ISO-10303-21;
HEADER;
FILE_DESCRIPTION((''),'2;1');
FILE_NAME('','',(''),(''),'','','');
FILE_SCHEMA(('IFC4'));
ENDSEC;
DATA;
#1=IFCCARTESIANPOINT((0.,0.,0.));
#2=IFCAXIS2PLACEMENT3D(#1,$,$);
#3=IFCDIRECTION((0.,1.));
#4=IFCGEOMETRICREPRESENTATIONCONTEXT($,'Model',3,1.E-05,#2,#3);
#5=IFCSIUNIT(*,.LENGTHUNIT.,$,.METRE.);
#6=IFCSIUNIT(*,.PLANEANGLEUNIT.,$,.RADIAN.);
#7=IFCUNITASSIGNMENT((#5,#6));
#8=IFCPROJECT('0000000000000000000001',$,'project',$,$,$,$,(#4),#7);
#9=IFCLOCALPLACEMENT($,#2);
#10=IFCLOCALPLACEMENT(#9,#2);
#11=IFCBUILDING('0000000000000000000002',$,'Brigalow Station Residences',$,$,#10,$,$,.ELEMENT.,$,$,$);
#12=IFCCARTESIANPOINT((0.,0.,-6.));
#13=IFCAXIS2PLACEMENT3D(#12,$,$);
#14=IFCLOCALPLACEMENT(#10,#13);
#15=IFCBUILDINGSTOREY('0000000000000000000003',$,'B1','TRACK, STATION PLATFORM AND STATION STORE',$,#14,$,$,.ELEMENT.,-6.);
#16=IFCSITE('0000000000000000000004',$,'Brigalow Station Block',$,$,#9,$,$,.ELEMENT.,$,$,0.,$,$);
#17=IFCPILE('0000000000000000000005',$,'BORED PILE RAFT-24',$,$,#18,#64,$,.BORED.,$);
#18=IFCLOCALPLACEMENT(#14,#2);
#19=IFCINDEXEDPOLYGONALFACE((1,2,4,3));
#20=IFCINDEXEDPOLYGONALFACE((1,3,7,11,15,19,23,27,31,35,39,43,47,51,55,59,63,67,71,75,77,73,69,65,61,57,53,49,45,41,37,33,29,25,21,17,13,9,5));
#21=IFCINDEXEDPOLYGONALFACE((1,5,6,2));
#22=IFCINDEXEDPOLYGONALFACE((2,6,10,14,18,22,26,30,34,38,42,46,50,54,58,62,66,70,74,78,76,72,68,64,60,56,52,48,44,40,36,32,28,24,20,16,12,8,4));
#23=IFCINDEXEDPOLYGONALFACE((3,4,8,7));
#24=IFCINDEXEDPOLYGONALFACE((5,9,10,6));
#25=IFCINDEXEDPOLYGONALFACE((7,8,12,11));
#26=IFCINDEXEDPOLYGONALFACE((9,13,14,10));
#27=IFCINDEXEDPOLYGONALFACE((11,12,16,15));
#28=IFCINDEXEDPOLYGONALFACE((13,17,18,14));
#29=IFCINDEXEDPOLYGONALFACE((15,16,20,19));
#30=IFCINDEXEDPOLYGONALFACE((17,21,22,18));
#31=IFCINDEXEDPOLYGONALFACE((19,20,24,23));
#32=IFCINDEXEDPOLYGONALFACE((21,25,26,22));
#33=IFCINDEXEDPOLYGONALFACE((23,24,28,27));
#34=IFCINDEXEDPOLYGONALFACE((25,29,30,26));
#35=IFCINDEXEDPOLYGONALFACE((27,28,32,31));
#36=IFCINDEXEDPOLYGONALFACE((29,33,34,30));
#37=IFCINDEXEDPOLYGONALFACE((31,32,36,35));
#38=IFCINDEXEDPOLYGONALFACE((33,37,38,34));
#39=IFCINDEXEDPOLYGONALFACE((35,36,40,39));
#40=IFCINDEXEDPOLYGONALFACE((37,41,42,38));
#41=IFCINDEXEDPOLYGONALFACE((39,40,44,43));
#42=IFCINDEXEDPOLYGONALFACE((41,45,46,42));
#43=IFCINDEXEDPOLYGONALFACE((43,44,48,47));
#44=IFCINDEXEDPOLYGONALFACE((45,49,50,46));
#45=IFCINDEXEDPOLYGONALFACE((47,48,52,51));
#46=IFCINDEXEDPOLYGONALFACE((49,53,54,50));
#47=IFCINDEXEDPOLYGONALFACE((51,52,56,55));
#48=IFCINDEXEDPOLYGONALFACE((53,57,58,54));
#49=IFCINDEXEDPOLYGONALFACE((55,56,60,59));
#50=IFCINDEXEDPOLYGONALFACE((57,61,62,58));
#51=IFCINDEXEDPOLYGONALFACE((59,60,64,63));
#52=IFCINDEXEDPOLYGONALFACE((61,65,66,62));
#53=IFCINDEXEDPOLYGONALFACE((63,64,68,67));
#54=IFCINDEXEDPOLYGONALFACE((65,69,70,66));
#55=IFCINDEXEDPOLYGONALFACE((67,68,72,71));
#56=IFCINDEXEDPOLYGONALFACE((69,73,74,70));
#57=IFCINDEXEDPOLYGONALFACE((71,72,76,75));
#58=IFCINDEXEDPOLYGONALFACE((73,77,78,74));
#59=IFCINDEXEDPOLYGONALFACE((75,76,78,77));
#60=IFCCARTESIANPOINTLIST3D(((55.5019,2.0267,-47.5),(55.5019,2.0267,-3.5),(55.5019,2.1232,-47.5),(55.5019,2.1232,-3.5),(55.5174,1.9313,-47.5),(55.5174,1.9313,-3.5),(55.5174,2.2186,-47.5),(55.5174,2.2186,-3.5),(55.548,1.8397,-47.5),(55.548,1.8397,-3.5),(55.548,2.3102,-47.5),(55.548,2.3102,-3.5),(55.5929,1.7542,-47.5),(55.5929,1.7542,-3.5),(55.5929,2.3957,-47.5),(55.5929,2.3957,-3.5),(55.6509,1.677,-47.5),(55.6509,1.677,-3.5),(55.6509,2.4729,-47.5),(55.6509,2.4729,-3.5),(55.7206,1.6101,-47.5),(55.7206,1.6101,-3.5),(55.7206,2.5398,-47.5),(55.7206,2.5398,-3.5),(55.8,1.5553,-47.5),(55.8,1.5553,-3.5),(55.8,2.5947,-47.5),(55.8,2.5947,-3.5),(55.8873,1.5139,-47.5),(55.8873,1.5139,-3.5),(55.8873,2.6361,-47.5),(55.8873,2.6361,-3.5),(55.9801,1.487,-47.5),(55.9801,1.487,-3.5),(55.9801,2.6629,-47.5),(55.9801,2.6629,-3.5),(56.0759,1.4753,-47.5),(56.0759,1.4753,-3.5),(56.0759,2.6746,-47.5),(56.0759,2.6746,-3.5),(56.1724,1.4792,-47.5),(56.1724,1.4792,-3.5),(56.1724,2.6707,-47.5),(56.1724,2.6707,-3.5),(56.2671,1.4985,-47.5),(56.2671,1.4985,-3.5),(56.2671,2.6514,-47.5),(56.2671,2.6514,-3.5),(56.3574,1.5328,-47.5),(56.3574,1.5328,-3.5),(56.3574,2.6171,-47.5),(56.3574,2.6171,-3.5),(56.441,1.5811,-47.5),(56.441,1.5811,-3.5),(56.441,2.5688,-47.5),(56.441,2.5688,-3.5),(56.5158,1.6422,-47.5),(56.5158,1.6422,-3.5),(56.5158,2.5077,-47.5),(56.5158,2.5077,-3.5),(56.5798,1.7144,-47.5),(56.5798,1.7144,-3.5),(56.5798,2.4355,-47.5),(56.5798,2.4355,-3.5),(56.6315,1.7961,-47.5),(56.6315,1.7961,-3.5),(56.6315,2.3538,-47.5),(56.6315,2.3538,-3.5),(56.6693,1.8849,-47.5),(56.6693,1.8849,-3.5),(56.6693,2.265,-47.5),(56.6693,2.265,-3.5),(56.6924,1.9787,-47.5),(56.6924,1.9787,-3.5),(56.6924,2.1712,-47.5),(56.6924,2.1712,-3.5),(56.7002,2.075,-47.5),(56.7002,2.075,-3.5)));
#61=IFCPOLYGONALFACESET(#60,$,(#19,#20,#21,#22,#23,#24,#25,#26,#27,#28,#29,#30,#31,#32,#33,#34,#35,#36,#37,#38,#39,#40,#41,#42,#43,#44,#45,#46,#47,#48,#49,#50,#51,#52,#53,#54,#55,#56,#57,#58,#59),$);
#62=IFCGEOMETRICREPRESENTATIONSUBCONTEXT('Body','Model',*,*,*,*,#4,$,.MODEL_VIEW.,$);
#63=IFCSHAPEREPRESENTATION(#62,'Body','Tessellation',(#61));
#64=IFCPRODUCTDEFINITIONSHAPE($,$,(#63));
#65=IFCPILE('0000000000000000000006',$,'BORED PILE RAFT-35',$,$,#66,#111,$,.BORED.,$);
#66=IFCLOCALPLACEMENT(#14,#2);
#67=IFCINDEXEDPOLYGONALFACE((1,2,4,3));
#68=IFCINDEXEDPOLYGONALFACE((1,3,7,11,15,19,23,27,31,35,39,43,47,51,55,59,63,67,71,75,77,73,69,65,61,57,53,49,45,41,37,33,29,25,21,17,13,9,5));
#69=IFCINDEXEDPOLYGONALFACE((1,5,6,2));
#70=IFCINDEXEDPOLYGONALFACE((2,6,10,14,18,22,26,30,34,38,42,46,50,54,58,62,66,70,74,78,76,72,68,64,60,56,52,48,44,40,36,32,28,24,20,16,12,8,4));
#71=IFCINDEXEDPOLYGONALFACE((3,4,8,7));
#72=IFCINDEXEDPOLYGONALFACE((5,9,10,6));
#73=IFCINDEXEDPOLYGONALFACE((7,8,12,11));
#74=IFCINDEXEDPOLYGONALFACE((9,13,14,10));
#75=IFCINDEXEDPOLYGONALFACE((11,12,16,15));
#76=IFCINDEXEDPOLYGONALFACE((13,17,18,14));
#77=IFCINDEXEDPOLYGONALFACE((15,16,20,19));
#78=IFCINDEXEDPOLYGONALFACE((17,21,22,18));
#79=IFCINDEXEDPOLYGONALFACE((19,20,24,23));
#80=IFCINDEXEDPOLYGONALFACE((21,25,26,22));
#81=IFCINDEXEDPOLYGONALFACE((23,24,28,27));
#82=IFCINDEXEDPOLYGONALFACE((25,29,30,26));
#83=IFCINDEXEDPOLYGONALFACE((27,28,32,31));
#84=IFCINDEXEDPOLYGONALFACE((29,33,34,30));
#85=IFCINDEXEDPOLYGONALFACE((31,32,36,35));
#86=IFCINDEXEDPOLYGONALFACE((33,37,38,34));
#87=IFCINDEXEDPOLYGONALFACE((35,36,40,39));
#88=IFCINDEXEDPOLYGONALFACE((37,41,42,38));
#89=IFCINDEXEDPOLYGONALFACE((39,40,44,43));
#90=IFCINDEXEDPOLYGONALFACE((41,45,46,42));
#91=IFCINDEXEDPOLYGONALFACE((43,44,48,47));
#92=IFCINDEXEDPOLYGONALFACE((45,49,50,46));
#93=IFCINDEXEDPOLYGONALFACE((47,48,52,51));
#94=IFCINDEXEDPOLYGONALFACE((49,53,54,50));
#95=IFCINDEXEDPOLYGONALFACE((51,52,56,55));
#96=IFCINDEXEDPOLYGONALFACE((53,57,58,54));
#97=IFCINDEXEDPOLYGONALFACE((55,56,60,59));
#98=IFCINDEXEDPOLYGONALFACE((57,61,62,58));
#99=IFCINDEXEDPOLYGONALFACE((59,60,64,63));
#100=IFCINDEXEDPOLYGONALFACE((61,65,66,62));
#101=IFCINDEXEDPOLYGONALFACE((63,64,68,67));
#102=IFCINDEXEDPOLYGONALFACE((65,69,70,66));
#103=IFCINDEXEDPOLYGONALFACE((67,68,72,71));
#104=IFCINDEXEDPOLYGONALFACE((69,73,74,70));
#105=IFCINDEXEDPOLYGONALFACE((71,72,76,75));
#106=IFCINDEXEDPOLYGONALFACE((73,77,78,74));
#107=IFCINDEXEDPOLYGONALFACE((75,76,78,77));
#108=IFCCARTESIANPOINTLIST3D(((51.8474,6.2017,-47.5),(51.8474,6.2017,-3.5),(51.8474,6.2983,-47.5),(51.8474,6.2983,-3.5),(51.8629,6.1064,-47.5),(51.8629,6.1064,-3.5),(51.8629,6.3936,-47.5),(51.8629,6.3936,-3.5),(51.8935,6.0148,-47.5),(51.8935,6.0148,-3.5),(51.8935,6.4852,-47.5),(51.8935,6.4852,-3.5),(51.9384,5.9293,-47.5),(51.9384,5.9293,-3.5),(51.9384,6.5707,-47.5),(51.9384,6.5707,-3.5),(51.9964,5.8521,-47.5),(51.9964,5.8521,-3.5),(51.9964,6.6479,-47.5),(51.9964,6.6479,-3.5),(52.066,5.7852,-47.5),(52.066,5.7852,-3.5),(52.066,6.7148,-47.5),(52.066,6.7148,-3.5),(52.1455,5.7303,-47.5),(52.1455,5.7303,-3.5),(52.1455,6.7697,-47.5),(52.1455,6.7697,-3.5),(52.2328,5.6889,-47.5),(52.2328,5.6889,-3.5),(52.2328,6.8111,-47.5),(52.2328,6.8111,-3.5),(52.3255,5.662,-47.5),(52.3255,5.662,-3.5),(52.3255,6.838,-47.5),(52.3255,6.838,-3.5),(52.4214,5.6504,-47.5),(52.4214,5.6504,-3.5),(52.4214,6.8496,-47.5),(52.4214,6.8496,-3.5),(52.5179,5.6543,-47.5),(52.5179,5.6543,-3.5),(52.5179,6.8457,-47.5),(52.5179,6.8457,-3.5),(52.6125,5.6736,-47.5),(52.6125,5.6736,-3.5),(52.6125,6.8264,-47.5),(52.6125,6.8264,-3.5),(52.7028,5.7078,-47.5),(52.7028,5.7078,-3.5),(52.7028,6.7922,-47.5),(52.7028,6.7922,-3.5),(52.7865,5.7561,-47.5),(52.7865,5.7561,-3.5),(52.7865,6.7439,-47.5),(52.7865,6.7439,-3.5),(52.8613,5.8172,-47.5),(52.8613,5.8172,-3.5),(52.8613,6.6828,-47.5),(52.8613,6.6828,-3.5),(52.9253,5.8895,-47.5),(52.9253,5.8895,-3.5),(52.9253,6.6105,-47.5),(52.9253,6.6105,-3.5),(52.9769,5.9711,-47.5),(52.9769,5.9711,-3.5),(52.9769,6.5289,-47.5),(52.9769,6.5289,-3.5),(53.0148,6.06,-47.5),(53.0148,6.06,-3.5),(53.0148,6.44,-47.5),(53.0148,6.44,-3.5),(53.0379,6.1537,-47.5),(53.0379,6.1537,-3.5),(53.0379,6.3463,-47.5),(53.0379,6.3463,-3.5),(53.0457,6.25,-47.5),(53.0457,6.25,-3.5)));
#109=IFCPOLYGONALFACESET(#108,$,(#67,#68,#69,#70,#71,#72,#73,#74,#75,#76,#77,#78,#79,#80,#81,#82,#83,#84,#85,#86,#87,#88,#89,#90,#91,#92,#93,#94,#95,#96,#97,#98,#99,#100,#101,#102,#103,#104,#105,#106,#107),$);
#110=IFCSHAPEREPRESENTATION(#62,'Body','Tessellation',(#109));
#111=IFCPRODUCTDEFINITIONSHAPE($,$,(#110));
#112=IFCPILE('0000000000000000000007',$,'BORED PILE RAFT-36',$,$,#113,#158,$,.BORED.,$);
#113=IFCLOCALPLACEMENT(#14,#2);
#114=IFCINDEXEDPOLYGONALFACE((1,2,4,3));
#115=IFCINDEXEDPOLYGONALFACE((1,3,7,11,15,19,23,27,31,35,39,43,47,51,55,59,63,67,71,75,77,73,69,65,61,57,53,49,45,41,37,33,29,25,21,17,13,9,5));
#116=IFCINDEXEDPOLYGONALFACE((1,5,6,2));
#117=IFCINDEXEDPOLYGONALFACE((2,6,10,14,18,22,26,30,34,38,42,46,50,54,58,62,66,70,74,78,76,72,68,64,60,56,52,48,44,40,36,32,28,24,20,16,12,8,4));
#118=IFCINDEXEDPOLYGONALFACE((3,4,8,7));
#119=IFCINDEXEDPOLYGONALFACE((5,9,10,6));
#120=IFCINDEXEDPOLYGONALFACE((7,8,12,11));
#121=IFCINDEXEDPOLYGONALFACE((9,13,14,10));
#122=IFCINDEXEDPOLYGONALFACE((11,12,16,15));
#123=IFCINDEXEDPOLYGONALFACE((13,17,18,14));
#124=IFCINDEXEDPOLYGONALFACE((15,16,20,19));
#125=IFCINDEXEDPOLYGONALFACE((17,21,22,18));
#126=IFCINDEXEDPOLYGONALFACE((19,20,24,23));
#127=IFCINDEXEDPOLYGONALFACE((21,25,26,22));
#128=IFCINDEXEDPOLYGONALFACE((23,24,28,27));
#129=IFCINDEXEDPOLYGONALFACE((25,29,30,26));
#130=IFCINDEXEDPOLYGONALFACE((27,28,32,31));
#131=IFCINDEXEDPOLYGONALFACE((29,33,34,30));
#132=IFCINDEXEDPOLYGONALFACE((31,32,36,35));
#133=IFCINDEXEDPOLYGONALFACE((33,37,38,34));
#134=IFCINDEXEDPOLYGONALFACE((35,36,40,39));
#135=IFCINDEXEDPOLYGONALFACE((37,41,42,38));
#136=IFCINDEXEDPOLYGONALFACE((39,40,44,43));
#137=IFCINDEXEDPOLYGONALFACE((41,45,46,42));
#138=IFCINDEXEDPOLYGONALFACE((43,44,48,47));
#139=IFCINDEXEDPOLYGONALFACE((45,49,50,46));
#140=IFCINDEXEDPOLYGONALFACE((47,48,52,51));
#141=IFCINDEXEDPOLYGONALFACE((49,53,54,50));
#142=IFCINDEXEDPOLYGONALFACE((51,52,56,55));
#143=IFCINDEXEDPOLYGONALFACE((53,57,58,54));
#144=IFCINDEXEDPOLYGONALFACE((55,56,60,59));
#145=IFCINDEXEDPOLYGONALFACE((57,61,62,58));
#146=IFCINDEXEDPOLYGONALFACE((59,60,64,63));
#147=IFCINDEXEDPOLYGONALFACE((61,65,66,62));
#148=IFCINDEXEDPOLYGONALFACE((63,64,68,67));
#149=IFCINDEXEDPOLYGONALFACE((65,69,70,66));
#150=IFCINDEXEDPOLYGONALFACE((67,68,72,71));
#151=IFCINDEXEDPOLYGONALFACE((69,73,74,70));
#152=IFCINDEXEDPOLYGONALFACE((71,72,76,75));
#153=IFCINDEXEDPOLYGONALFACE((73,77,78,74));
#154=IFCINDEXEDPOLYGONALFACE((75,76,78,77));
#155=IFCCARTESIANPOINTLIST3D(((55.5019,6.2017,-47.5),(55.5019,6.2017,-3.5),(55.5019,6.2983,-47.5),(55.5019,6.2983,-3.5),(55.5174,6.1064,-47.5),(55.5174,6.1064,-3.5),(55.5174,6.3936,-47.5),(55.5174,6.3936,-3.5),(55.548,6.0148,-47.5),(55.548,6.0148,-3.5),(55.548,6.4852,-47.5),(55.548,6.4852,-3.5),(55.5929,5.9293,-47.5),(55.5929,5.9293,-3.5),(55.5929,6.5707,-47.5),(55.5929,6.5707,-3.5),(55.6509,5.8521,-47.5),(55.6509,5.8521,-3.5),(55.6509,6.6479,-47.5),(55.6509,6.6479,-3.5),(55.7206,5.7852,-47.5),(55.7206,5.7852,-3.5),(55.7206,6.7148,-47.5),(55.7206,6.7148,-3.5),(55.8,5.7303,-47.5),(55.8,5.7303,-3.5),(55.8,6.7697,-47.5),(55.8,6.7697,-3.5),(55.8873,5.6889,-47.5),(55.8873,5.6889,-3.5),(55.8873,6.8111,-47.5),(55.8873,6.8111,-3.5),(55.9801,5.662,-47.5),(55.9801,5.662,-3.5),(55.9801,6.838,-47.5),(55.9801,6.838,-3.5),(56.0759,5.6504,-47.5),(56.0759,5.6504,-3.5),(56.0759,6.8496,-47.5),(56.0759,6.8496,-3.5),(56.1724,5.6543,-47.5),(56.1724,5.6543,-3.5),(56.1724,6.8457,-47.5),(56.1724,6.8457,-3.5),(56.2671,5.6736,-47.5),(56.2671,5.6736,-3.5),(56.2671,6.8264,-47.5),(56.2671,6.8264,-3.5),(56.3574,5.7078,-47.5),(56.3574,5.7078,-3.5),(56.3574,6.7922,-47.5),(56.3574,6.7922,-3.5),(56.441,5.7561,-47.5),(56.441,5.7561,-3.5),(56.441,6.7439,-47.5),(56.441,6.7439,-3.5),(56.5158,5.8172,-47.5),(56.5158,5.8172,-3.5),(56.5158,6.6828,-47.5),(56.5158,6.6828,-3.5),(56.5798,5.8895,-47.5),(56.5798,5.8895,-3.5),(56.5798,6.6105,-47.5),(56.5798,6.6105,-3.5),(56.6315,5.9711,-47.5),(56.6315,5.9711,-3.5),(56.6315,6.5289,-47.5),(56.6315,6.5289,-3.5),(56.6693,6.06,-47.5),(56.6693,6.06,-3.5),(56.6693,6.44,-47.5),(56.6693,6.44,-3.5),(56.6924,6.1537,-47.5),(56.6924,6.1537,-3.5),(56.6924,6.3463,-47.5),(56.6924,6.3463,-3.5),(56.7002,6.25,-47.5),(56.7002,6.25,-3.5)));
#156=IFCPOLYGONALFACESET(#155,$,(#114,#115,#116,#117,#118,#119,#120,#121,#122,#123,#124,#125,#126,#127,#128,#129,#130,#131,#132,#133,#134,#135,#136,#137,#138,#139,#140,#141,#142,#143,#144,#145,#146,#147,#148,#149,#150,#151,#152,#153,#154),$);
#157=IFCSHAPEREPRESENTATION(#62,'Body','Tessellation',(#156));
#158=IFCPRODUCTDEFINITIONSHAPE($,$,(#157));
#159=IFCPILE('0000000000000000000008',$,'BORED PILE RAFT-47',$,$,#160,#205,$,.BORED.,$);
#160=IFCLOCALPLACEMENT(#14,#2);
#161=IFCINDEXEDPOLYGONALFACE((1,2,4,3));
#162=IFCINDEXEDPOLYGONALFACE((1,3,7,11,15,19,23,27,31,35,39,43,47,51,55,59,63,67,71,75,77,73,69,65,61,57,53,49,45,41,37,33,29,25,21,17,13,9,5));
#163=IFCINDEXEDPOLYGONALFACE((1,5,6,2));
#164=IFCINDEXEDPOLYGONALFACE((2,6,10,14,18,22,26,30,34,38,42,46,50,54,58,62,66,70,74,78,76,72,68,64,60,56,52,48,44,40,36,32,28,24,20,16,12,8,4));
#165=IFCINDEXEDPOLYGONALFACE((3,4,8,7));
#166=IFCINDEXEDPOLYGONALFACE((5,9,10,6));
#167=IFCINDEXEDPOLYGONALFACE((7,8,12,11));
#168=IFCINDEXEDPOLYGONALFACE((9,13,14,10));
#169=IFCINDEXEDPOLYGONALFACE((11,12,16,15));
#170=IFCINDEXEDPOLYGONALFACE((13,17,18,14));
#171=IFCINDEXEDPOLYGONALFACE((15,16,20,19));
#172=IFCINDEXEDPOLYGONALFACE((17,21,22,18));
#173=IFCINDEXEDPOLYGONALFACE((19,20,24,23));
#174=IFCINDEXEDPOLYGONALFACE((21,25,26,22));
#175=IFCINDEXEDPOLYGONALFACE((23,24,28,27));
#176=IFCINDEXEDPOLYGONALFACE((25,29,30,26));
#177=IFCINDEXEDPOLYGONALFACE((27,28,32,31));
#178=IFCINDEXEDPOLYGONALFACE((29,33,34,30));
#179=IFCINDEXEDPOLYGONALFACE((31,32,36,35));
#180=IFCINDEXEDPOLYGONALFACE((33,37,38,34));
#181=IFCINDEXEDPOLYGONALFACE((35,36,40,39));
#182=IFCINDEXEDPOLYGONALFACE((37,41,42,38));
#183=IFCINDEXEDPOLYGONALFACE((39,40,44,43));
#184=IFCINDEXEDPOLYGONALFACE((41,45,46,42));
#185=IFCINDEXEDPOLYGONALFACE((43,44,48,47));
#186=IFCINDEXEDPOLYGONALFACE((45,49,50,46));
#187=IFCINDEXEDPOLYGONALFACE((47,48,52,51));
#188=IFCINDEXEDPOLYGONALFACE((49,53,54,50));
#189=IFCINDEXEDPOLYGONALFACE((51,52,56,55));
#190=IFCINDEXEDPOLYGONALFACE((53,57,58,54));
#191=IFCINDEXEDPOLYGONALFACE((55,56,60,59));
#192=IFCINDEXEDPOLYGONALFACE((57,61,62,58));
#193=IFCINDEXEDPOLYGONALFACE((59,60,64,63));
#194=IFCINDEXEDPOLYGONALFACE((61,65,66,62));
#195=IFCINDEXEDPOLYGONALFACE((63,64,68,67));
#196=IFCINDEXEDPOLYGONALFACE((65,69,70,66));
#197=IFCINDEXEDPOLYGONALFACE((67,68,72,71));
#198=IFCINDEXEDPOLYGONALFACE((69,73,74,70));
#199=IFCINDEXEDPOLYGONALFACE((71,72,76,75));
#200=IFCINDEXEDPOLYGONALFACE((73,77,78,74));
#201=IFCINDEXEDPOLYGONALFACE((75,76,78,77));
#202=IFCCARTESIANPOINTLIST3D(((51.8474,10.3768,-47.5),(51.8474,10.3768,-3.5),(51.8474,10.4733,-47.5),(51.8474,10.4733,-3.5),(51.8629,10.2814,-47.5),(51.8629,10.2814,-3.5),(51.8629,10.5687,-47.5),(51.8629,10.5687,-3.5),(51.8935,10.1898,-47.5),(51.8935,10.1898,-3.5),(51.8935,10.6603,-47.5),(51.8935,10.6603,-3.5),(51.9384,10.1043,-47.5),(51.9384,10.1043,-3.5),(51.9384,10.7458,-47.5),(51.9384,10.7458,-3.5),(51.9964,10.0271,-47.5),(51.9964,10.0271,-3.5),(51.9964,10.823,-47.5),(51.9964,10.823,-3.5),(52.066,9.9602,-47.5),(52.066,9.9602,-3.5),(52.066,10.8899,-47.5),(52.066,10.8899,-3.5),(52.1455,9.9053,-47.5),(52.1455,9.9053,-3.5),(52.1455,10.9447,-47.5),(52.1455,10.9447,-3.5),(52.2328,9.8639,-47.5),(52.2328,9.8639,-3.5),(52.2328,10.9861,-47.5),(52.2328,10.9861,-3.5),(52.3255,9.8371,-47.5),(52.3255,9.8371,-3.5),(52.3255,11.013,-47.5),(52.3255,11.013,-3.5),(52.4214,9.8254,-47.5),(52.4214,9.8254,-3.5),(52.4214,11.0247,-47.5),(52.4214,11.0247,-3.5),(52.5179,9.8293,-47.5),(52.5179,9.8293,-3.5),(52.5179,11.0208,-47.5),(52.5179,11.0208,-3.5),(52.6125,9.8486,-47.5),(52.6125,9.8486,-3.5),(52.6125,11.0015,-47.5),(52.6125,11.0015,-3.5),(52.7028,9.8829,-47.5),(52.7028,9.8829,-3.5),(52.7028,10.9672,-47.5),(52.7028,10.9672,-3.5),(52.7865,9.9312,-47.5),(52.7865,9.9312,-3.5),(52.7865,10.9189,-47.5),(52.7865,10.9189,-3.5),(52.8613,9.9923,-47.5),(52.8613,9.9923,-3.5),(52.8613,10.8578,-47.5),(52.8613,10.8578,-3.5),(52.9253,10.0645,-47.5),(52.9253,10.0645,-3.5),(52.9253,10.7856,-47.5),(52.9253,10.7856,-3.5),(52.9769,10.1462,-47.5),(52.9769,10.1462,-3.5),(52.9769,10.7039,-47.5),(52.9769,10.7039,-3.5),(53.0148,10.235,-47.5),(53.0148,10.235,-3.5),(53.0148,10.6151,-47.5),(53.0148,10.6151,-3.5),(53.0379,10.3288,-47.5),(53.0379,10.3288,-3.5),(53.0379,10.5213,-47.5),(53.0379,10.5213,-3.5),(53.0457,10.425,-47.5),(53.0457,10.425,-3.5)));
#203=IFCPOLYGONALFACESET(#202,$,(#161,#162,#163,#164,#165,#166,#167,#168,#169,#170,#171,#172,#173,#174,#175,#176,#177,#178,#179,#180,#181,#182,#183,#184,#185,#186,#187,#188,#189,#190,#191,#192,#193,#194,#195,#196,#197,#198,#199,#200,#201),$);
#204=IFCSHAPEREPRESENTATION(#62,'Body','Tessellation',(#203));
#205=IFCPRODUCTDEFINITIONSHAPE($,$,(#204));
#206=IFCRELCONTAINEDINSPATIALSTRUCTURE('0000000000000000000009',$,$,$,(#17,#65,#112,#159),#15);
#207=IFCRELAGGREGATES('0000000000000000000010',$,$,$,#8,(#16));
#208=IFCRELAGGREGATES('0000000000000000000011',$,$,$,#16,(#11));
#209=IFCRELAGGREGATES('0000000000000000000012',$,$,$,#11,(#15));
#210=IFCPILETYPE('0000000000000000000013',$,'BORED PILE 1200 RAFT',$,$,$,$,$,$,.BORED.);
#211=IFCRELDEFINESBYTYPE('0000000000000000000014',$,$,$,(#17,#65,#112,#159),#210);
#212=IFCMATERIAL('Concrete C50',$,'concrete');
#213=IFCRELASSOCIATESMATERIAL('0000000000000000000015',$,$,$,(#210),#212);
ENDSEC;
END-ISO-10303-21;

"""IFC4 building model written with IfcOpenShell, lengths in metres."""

from ifc_helpers import new_model, si_unit, direction, frame, origin, origin_2d, place, context, subcontext, project, spatial, circle, extrude, material, material_profile, profile_set, type_object, element, save


model = new_model("IFC4")

# Units and contexts
model_context = context("Model", 3, precision=1e-05, world=origin(), true_north=direction((0.0, 1.0)))
body_context = subcontext(model_context, "Body", "Model", "MODEL_VIEW")
ifc_project = project(units=[si_unit("LENGTHUNIT", "METRE"), si_unit("PLANEANGLEUNIT", "RADIAN")], contexts=[model_context])

# Site, building, storey
site_placement = place(None, origin())
site = spatial("IfcSite", under=ifc_project, at=site_placement, Name="Brigalow Station Block", CompositionType="ELEMENT", RefElevation=0.0)
building_placement = place(site_placement, origin())
building = spatial("IfcBuilding", under=site, at=building_placement, Name="Brigalow Station Residences", CompositionType="ELEMENT")
storey_placement = place(building_placement, frame((0.0, 0.0, -6.0)))
storey = spatial("IfcBuildingStorey", under=building, at=storey_placement, Name="B1", Description="TRACK, STATION PLATFORM AND STATION STORE", CompositionType="ELEMENT", Elevation=-6.0)

# Piles
ifc_material_1 = material(Name="Concrete C50", Category="concrete")
ifc_material_profile_1 = material_profile(ifc_material_1, circle(Radius=0.6001, at=origin_2d()), Name="BP1200")
ifc_profile_set_1 = profile_set([ifc_material_profile_1], Name="Concrete C50")
pile_type_1 = type_object("IfcPileType", Name="BORED PILE 1200 RAFT", PredefinedType="BORED", material=ifc_profile_set_1)
for number, where, z_axis, x_axis, name in (
    (1, (56.1001, 2.075, -3.5), (0.0, 0.0, -1.0), (1.0, 0.0, 0.0), "BORED PILE RAFT-24"),
    (2, (52.4456, 6.25, -3.5), (0.0, 0.0, -1.0), (1.0, 0.0, 0.0), "BORED PILE RAFT-35"),
    (3, (56.1001, 6.25, -3.5), (0.0, 0.0, -1.0), (1.0, 0.0, 0.0), "BORED PILE RAFT-36"),
    (4, (52.4456, 10.425, -3.5), (0.0, 0.0, -1.0), (1.0, 0.0, 0.0), "BORED PILE RAFT-47"),
):
    element("IfcPile", number, at=place(storey_placement, frame(where, z_axis=z_axis, x_axis=x_axis)), inside=storey, type_object=pile_type_1, Name=name, PredefinedType="BORED", context=body_context, shape_type="SweptSolid", body=[
        extrude(circle(Radius=0.6001, at=origin_2d()), origin(), (0.0, 0.0, 1.0), 44.0),
    ])

save(model, "model.ifc")
